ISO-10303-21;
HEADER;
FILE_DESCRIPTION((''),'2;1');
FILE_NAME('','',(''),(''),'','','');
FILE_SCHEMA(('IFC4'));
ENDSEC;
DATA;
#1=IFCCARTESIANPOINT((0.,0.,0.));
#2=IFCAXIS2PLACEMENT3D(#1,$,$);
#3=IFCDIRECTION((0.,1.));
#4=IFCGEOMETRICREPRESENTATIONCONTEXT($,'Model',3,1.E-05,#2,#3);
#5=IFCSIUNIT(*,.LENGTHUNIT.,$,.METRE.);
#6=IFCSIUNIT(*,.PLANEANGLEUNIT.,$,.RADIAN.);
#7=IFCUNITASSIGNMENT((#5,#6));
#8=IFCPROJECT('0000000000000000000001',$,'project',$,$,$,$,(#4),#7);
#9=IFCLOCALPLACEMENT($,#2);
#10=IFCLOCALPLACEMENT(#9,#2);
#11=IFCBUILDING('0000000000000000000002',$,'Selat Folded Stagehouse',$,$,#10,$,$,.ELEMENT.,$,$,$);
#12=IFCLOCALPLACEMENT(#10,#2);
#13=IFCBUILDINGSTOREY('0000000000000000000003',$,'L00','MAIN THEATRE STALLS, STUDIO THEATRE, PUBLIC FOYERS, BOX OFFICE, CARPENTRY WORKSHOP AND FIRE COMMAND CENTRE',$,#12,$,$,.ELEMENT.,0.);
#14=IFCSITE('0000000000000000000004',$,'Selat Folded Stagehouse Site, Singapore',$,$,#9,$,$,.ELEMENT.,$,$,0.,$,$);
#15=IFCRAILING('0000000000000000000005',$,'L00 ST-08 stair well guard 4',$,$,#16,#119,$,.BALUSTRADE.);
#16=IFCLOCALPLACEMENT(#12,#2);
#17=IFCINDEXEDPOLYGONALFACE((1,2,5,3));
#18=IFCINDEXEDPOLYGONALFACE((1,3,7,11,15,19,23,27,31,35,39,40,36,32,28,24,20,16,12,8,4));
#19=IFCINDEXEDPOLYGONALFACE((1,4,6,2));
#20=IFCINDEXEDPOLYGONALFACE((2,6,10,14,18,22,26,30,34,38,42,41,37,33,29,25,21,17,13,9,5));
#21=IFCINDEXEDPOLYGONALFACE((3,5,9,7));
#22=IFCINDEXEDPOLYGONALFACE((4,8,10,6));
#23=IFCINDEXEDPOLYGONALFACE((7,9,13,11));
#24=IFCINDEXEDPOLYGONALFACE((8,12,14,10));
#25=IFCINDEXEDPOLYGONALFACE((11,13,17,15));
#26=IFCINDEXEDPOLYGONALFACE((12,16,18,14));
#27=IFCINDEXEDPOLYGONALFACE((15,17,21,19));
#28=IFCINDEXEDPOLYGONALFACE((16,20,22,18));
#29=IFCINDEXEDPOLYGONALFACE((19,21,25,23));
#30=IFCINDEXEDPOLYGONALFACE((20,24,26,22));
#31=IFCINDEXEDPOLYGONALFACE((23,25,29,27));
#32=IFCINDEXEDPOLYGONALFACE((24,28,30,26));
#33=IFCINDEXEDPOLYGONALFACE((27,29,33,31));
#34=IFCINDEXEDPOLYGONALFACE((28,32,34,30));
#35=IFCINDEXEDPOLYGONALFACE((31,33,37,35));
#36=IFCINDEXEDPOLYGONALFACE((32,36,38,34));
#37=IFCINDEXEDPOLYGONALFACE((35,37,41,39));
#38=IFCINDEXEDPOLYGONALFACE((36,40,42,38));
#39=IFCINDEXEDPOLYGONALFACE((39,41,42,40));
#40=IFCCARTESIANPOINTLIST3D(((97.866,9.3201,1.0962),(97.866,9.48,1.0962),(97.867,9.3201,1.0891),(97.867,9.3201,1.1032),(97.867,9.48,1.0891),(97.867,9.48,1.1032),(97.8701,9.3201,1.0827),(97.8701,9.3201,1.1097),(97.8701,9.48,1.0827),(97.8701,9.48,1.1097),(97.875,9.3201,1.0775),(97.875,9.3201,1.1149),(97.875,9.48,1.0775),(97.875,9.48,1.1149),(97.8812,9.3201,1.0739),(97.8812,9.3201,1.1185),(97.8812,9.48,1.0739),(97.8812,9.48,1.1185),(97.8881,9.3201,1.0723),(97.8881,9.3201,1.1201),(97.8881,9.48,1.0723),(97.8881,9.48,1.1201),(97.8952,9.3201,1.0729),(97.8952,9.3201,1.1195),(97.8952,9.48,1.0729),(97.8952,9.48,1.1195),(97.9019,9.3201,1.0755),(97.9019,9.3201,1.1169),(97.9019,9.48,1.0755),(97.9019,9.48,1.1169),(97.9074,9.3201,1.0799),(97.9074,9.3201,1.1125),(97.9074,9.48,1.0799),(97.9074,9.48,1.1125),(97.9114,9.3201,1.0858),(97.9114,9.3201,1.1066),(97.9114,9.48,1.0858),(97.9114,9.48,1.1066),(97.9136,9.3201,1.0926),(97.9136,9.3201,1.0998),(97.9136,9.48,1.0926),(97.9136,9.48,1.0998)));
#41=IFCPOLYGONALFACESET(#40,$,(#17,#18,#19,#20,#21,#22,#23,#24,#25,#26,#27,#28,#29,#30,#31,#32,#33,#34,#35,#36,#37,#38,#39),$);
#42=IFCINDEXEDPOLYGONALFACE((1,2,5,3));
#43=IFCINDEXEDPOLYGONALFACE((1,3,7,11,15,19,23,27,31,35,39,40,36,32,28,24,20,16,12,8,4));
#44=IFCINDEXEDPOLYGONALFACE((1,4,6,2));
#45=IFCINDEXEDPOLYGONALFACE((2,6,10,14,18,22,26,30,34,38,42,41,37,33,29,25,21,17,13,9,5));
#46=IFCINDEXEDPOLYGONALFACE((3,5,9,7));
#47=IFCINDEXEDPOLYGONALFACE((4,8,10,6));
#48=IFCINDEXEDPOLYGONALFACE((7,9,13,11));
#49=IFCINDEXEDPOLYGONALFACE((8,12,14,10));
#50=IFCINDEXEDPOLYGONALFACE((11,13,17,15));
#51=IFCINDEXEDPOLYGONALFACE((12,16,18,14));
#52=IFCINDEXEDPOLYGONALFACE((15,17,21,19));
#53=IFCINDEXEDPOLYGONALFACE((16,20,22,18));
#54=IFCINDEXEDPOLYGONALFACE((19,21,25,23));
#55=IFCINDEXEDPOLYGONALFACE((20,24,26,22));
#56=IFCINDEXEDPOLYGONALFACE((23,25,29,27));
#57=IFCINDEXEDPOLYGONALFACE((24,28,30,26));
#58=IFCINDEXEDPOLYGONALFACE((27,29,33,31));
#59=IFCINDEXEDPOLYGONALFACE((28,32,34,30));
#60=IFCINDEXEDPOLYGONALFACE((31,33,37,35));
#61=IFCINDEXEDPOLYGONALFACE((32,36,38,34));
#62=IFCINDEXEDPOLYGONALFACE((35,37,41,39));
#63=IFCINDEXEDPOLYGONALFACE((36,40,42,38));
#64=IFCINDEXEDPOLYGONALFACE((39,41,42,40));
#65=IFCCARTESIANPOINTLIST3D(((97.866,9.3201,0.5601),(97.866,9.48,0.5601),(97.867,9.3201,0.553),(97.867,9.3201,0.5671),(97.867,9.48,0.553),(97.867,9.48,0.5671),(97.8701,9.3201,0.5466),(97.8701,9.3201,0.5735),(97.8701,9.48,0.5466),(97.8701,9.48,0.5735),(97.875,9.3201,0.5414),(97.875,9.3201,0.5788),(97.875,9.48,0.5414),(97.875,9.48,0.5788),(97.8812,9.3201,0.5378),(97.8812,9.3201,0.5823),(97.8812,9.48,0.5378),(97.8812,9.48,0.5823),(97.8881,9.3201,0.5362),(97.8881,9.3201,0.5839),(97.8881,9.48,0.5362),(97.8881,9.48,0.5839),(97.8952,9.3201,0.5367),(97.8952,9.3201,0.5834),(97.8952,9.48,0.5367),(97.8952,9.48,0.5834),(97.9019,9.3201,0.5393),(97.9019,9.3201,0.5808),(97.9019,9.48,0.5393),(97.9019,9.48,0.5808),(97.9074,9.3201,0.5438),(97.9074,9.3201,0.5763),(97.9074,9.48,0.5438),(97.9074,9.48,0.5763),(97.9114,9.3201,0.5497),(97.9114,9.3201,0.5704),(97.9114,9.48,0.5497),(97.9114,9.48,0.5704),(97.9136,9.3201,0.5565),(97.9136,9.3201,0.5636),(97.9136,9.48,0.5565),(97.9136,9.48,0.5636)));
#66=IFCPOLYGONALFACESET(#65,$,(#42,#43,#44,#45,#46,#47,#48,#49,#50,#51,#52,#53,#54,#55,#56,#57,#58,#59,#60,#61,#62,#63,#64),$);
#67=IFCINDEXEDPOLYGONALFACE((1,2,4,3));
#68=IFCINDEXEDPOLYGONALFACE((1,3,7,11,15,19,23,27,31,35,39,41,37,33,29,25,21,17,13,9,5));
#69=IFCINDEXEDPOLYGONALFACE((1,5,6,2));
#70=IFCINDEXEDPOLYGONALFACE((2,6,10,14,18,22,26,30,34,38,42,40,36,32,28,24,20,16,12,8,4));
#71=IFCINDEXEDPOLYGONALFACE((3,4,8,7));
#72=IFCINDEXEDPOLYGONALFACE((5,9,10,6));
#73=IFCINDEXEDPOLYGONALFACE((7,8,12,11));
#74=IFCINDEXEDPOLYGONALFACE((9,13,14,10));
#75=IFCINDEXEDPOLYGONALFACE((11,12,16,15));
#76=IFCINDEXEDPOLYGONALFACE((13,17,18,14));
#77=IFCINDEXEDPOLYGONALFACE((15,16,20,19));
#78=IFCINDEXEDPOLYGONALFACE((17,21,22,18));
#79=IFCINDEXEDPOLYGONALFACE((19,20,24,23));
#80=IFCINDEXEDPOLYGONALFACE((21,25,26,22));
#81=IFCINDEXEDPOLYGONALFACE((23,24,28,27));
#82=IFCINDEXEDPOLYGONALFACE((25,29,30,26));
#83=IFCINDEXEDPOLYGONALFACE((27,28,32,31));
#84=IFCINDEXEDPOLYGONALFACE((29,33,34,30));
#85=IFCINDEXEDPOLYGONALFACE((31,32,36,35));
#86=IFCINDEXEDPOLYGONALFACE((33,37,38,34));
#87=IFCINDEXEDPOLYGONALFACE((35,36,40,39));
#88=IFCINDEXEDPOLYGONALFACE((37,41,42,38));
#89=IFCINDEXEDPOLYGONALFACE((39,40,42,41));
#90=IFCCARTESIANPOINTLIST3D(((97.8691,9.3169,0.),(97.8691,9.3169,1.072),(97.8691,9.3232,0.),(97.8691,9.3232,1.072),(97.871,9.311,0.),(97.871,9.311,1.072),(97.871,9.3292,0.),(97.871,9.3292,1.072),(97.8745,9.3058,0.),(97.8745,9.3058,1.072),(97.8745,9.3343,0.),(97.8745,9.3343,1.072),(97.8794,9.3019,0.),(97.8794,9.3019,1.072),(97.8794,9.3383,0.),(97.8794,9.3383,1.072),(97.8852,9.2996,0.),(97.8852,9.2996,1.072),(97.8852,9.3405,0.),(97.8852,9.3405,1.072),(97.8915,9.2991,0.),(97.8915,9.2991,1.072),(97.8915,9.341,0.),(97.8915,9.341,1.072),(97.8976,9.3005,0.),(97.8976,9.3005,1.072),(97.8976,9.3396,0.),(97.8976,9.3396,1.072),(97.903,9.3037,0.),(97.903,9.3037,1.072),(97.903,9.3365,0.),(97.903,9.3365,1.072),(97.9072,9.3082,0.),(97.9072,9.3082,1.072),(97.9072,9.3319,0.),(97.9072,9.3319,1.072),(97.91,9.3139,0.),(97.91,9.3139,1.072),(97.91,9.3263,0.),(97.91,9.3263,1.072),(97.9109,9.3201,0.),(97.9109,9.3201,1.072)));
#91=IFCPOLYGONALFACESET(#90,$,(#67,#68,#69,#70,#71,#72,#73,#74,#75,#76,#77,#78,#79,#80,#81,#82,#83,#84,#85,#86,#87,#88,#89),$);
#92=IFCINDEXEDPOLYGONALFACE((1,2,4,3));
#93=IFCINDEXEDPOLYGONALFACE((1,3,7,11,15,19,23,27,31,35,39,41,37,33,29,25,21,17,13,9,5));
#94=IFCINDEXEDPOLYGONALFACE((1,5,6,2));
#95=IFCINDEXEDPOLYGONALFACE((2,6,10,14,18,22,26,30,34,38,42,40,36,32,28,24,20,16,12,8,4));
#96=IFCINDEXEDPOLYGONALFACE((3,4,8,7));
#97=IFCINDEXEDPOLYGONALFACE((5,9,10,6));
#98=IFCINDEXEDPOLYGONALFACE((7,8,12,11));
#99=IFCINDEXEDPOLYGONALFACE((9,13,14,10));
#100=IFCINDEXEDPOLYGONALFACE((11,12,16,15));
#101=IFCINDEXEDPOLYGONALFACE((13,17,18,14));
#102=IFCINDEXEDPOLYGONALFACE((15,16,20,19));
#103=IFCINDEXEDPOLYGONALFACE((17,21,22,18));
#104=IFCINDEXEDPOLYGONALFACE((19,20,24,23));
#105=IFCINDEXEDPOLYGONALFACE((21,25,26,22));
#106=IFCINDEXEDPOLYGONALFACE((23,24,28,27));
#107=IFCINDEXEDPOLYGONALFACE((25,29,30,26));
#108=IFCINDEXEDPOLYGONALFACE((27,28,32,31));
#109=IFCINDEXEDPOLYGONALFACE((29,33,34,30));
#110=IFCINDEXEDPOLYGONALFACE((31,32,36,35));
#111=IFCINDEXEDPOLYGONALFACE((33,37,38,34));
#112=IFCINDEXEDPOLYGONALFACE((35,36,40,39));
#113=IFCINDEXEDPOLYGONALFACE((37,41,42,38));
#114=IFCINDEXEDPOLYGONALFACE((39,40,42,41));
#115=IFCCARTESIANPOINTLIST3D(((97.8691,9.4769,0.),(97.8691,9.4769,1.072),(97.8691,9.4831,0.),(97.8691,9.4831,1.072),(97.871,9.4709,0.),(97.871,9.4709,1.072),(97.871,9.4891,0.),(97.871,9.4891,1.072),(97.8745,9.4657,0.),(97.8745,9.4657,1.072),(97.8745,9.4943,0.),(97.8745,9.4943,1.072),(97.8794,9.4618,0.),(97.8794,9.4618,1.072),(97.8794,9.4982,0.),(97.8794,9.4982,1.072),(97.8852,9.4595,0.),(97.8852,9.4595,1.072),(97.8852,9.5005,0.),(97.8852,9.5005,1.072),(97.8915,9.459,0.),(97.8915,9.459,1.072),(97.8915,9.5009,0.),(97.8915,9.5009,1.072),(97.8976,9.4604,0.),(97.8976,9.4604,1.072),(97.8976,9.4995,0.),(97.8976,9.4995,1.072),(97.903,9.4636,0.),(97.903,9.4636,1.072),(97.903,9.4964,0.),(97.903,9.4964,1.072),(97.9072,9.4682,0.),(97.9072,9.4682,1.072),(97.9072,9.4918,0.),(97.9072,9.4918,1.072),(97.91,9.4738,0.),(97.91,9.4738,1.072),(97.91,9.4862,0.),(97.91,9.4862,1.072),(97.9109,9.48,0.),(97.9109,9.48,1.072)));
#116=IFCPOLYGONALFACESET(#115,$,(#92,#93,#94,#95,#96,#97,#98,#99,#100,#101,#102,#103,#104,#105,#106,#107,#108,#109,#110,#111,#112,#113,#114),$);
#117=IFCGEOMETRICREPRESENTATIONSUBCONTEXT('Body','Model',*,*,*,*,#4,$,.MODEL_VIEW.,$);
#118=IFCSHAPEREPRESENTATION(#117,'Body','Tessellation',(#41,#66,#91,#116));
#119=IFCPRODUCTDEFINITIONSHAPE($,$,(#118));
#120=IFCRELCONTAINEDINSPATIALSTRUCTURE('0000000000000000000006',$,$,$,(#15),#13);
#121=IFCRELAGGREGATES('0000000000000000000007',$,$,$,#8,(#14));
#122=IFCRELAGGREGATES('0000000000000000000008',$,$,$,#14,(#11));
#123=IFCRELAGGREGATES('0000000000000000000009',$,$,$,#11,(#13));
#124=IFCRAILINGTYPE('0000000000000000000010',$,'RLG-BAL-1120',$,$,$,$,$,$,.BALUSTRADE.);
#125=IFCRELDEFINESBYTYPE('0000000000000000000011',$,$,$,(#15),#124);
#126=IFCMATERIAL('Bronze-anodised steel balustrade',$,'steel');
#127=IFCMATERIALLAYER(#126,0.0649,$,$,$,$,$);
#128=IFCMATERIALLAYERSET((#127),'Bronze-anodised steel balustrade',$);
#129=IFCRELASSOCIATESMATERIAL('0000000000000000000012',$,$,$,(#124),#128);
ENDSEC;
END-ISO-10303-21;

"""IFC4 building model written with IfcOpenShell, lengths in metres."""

from ifc_helpers import new_model, si_unit, direction, frame, origin, origin_2d, place, context, subcontext, project, spatial, circle, extrude, material, layer, layer_set, type_object, element, save


model = new_model("IFC4")

# Units and contexts
model_context = context("Model", 3, precision=1e-05, world=origin(), true_north=direction((0.0, 1.0)))
body_context = subcontext(model_context, "Body", "Model", "MODEL_VIEW")
ifc_project = project(units=[si_unit("LENGTHUNIT", "METRE"), si_unit("PLANEANGLEUNIT", "RADIAN")], contexts=[model_context])

# Site, building, storey
site_placement = place(None, origin())
site = spatial("IfcSite", under=ifc_project, at=site_placement, Name="Selat Folded Stagehouse Site, Singapore", CompositionType="ELEMENT", RefElevation=0.0)
building_placement = place(site_placement, origin())
building = spatial("IfcBuilding", under=site, at=building_placement, Name="Selat Folded Stagehouse", CompositionType="ELEMENT")
storey_placement = place(building_placement, origin())
storey = spatial("IfcBuildingStorey", under=building, at=storey_placement, Name="L00", Description="MAIN THEATRE STALLS, STUDIO THEATRE, PUBLIC FOYERS, BOX OFFICE, CARPENTRY WORKSHOP AND FIRE COMMAND CENTRE", CompositionType="ELEMENT", Elevation=0.0)

# Railing
ifc_material_1 = material(Name="Bronze-anodised steel balustrade", Category="steel")
ifc_layer_1 = layer(ifc_material_1, 0.0649)
ifc_layer_set_1 = layer_set([ifc_layer_1], Name="Bronze-anodised steel balustrade")
railing_type_1 = type_object("IfcRailingType", Name="RLG-BAL-1120", PredefinedType="BALUSTRADE", material=ifc_layer_set_1)
railing_1_placement = place(storey_placement, frame((97.8899, 9.3201, 0.0)))
element("IfcRailing", 1, at=railing_1_placement, inside=storey, type_object=railing_type_1, Name="L00 ST-08 stair well guard 4", PredefinedType="BALUSTRADE", context=body_context, shape_type="SweptSolid", body=[
    extrude(circle(Radius=0.0239, at=origin_2d()), frame((0.0, 0.0, 1.0962), z_axis=(0.0, 1.0, 0.0), x_axis=(-1.0, 0.0, 0.0)), (0.0, 0.0, 1.0), 0.1599),
    extrude(circle(Radius=0.0239, at=origin_2d()), frame((0.0, 0.0, 0.5601), z_axis=(0.0, 1.0, 0.0), x_axis=(-1.0, 0.0, 0.0)), (0.0, 0.0, 1.0), 0.1599),
    extrude(circle(Radius=0.021, at=origin_2d()), origin(), (0.0, 0.0, 1.0), 1.072),
    extrude(circle(Radius=0.021, at=origin_2d()), frame((0.0, 0.1599, 0.0)), (0.0, 0.0, 1.0), 1.072),
])

save(model, "model.ifc")
